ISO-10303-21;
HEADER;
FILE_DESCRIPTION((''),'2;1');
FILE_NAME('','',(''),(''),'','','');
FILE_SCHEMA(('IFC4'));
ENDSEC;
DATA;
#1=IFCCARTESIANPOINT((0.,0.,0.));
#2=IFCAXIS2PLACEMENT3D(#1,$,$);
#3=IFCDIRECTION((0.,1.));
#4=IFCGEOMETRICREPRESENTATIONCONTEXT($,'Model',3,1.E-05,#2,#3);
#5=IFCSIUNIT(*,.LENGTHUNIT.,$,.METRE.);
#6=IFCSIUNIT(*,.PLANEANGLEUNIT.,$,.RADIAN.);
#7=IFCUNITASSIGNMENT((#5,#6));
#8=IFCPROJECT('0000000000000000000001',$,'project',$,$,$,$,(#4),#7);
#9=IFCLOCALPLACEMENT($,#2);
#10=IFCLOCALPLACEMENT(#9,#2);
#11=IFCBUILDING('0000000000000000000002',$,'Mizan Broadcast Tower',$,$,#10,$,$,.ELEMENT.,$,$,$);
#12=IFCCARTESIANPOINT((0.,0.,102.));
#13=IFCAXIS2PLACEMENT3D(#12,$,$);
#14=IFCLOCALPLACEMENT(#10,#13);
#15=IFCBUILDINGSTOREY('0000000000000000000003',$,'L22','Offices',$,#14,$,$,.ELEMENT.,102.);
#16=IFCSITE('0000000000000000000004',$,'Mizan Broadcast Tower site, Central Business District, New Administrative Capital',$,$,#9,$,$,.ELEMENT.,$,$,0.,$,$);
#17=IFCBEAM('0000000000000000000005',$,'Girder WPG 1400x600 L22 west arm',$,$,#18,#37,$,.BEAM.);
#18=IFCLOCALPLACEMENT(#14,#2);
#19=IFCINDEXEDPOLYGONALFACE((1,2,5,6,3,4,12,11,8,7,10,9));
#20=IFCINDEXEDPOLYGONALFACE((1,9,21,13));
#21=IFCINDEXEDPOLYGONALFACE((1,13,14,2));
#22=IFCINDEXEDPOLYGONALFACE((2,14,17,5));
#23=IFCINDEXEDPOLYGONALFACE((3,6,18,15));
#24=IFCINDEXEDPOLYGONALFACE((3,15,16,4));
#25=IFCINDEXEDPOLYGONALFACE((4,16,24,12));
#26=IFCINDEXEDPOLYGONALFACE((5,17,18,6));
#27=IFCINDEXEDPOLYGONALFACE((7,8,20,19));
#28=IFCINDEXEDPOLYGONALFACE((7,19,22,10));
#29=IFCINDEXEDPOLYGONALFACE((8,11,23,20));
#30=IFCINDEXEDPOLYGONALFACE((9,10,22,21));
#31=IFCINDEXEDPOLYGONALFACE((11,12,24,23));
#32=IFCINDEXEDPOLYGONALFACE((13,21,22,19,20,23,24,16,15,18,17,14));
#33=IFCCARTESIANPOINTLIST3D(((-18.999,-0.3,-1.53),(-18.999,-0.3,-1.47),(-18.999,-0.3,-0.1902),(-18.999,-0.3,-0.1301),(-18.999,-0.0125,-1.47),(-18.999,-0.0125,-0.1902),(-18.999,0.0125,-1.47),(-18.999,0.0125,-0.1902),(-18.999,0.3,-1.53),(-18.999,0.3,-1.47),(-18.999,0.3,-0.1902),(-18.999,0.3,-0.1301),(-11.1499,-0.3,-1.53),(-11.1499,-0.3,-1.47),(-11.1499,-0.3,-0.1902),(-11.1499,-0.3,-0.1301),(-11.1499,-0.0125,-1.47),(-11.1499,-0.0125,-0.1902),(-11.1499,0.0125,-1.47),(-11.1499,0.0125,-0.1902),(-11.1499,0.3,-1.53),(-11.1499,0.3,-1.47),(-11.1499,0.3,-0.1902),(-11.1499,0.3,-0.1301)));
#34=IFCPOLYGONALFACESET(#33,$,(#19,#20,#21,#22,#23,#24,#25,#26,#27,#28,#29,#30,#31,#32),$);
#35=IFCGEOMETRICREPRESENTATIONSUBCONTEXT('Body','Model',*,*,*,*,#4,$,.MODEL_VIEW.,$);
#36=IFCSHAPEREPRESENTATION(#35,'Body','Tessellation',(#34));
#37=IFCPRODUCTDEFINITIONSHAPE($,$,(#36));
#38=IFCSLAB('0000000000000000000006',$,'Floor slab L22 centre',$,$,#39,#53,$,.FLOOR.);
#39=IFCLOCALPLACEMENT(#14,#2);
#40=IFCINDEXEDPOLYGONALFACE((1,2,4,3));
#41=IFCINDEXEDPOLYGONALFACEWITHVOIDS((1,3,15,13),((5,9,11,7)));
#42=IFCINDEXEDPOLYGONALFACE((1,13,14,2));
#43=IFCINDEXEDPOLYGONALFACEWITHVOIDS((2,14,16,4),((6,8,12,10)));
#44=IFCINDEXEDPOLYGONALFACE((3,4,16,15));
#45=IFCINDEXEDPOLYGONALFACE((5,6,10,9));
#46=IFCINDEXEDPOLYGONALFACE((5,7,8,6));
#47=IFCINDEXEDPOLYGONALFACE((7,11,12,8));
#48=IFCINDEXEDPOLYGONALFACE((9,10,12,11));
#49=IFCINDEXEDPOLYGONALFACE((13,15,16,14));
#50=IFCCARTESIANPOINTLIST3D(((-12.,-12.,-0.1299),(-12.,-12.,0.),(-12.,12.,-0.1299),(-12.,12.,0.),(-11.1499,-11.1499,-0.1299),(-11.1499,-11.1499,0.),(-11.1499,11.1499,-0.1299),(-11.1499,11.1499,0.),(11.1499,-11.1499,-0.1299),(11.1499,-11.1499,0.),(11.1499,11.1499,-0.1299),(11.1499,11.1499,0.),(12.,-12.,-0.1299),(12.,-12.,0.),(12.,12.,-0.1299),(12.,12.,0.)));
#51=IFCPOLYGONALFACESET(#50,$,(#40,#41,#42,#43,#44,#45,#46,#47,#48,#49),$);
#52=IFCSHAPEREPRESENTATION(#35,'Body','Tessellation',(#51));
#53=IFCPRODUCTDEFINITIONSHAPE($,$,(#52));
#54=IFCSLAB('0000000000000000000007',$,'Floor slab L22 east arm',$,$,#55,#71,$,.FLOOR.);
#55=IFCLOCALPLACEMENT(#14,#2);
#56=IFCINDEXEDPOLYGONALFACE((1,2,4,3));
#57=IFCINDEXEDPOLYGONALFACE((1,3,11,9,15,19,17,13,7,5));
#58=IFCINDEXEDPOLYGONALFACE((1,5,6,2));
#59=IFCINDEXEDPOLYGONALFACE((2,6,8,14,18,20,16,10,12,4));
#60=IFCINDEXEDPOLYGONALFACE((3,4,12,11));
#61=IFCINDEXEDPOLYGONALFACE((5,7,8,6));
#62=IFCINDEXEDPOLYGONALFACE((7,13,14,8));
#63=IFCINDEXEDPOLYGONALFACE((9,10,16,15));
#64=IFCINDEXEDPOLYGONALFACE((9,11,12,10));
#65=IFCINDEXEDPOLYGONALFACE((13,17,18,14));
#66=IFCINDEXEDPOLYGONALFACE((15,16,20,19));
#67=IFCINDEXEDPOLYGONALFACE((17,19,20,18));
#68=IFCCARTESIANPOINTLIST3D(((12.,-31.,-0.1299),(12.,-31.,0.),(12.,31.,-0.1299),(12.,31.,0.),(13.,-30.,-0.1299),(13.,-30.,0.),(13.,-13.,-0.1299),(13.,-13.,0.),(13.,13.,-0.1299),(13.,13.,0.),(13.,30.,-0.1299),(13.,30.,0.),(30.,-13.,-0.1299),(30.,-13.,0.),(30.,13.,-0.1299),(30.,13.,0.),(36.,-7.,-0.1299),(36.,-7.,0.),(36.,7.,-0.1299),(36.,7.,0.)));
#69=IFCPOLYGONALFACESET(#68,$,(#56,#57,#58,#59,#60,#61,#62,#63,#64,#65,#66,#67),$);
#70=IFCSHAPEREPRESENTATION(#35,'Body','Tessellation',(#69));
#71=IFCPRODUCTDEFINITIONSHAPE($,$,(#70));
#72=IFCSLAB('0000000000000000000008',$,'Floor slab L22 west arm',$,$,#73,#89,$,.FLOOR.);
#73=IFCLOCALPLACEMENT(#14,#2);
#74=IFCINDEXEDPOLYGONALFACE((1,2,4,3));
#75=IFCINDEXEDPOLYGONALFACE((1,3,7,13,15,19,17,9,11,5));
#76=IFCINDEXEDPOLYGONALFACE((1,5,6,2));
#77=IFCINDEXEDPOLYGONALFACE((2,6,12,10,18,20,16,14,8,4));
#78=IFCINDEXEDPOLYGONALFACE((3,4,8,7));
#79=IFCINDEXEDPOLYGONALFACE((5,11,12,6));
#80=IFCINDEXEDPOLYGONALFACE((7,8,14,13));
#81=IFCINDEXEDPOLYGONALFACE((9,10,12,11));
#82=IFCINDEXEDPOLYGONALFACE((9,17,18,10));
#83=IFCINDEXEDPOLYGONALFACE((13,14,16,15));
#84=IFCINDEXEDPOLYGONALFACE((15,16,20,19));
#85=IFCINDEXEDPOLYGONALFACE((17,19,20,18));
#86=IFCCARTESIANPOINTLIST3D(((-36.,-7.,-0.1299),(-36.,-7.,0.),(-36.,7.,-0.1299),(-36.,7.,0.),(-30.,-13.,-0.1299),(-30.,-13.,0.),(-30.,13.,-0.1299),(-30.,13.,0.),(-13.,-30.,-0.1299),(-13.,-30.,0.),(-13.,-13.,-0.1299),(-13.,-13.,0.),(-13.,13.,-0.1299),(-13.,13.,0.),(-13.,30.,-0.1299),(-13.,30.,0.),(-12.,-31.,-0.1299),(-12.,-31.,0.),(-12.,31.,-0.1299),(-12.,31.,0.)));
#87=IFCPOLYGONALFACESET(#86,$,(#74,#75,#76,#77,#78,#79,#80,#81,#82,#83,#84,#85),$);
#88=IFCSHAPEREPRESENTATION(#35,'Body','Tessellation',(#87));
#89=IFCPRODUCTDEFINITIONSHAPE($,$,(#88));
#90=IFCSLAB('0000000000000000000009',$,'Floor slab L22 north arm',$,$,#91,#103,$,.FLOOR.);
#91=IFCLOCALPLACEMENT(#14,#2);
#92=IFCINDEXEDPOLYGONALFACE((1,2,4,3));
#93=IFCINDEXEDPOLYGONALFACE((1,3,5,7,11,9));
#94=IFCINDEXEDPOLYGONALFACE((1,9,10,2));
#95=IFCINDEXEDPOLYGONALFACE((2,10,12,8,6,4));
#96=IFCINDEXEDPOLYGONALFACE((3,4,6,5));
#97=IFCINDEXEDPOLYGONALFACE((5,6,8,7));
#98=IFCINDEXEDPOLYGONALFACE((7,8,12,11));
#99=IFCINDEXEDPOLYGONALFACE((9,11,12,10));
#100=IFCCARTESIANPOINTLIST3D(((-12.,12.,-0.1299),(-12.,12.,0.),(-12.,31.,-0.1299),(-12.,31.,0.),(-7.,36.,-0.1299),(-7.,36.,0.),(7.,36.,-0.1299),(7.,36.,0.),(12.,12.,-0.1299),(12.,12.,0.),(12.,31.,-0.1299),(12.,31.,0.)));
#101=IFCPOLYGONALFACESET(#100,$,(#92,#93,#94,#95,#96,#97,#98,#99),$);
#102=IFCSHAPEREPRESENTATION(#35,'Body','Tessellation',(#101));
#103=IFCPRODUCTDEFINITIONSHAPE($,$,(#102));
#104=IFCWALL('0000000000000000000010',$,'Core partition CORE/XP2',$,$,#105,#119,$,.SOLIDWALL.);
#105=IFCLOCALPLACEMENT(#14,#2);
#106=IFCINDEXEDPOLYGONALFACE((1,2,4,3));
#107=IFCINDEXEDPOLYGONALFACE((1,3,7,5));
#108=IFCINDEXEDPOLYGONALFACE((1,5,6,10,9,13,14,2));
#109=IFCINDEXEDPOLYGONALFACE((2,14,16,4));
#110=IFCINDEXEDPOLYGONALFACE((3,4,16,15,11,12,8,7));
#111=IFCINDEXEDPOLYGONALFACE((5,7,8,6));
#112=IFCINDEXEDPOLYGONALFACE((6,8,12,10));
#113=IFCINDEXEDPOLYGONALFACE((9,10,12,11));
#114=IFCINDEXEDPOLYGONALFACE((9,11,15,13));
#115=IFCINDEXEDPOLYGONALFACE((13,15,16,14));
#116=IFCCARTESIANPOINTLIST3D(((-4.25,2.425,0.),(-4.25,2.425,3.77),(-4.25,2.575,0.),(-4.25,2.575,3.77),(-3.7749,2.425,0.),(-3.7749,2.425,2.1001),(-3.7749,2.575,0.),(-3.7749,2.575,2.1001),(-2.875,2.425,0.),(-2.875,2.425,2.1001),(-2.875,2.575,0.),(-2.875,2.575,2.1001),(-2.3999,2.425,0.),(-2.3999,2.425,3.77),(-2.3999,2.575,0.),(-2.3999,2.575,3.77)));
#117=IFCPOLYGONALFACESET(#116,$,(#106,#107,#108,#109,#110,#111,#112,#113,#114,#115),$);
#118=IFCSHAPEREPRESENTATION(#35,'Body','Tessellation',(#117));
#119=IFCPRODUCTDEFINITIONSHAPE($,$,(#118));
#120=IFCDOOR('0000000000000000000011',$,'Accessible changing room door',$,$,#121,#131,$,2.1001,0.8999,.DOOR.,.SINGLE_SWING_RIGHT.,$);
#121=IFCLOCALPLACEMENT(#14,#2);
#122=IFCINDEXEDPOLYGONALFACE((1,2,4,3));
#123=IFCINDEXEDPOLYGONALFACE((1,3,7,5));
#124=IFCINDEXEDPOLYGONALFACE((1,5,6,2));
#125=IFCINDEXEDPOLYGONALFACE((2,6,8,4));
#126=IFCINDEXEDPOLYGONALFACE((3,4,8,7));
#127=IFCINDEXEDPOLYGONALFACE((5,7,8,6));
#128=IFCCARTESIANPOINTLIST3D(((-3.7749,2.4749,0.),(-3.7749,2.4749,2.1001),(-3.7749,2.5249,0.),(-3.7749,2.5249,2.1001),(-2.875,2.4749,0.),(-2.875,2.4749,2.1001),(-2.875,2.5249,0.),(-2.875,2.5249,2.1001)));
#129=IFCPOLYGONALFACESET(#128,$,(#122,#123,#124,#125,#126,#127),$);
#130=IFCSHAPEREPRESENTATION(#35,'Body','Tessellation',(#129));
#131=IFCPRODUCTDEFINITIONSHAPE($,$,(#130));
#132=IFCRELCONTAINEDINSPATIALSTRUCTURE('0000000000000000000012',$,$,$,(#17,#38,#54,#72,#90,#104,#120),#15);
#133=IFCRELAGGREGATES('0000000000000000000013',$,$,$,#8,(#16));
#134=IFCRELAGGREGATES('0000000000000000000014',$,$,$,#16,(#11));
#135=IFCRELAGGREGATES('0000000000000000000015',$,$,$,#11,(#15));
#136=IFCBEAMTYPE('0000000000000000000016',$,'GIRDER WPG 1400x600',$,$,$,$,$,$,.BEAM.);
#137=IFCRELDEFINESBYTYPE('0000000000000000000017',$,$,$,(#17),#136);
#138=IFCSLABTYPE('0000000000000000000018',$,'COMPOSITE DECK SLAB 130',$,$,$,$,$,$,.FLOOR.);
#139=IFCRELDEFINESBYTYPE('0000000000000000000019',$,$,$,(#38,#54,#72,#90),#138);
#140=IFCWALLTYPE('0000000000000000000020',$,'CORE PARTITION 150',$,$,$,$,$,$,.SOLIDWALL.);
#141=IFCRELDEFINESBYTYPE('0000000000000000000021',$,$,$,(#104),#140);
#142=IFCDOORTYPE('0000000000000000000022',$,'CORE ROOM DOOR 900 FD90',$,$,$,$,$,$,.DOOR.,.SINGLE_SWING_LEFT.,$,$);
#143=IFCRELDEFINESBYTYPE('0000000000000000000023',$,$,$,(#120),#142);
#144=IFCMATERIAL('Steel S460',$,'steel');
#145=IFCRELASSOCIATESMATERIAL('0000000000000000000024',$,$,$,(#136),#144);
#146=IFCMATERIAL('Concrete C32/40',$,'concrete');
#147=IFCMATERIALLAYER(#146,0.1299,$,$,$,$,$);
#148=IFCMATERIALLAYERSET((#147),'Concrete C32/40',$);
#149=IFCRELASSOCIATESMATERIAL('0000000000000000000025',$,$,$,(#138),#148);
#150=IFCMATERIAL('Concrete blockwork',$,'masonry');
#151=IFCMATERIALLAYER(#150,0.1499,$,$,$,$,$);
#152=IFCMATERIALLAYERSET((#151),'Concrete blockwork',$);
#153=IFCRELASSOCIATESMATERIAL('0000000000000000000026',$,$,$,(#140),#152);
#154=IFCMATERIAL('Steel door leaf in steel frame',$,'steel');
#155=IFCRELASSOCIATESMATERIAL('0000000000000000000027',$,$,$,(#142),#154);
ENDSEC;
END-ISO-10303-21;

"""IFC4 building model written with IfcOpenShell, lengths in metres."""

from ifc_helpers import new_model, si_unit, direction, frame, frame_2d, origin, origin_2d, place, context, subcontext, project, spatial, polyline, rectangle, i_section, outline, extrude, material, layer, layer_set, material_profile, profile_set, type_object, element, fill, save


model = new_model("IFC4")

# Units and contexts
model_context = context("Model", 3, precision=1e-05, world=origin(), true_north=direction((0.0, 1.0)))
body_context = subcontext(model_context, "Body", "Model", "MODEL_VIEW")
ifc_project = project(units=[si_unit("LENGTHUNIT", "METRE"), si_unit("PLANEANGLEUNIT", "RADIAN")], contexts=[model_context])

# Site, building, storey
site_placement = place(None, origin())
site = spatial("IfcSite", under=ifc_project, at=site_placement, Name="Mizan Broadcast Tower site, Central Business District, New Administrative Capital", CompositionType="ELEMENT", RefElevation=0.0)
building_placement = place(site_placement, origin())
building = spatial("IfcBuilding", under=site, at=building_placement, Name="Mizan Broadcast Tower", CompositionType="ELEMENT")
storey_placement = place(building_placement, frame((0.0, 0.0, 102.0)))
storey = spatial("IfcBuildingStorey", under=building, at=storey_placement, Name="L22", Description="Offices", CompositionType="ELEMENT", Elevation=102.0)

# Beam
ifc_material_1 = material(Name="Steel S460", Category="steel")
ifc_material_profile = material_profile(ifc_material_1, i_section(OverallWidth=0.6001, OverallDepth=1.3999, WebThickness=0.0249, FlangeThickness=0.0601, at=origin_2d()), Name="WPG 1400x600")
ifc_profile_set = profile_set([ifc_material_profile], Name="Steel S460")
beam_type = type_object("IfcBeamType", Name="GIRDER WPG 1400x600", PredefinedType="BEAM", material=ifc_profile_set)
beam_placement = place(storey_placement, frame((-11.1499, 0.0, -0.8301), z_axis=(-1.0, 0.0, 0.0), x_axis=(0.0, -1.0, 0.0)))
element("IfcBeam", 1, at=beam_placement, inside=storey, type_object=beam_type, Name="Girder WPG 1400x600 L22 west arm", PredefinedType="BEAM", context=body_context, shape_type="SweptSolid", body=[
    extrude(i_section(OverallWidth=0.6001, OverallDepth=1.3999, WebThickness=0.0249, FlangeThickness=0.0601, at=origin_2d()), origin(), (0.0, 0.0, 1.0), 7.8491),
])

# Slabs
ifc_material_2 = material(Name="Concrete C32/40", Category="concrete")
ifc_layer_1 = layer(ifc_material_2, 0.1299)
ifc_layer_set_1 = layer_set([ifc_layer_1], Name="Concrete C32/40")
slab_type = type_object("IfcSlabType", Name="COMPOSITE DECK SLAB 130", PredefinedType="FLOOR", material=ifc_layer_set_1)
slab_1_placement = place(storey_placement, frame((0.0, 0.0, -0.1299)))
element("IfcSlab", 2, at=slab_1_placement, inside=storey, type_object=slab_type, Name="Floor slab L22 centre", PredefinedType="FLOOR", context=body_context, shape_type="SweptSolid", body=[
    extrude(outline(polyline([(-12.0, -12.0), (12.0, -12.0), (12.0, 12.0), (-12.0, 12.0), (-12.0, -12.0)]), holes=[polyline([(-11.1499, 11.1499), (11.1499, 11.1499), (11.1499, -11.1499), (-11.1499, -11.1499), (-11.1499, 11.1499)])]), origin(), (0.0, 0.0, 1.0), 0.1299),
])
slab_2_placement = place(storey_placement, frame((0.0, 0.0, -0.1299)))
element("IfcSlab", 3, at=slab_2_placement, inside=storey, type_object=slab_type, Name="Floor slab L22 east arm", PredefinedType="FLOOR", context=body_context, shape_type="SweptSolid", body=[
    extrude(outline(polyline([(12.0, -31.0), (13.0, -30.0), (13.0, -13.0), (30.0, -13.0), (36.0, -7.0), (36.0, 7.0), (30.0, 13.0), (13.0, 13.0), (13.0, 30.0), (12.0, 31.0), (12.0, -31.0)])), origin(), (0.0, 0.0, 1.0), 0.1299),
])
slab_3_placement = place(storey_placement, frame((0.0, 0.0, -0.1299)))
element("IfcSlab", 4, at=slab_3_placement, inside=storey, type_object=slab_type, Name="Floor slab L22 west arm", PredefinedType="FLOOR", context=body_context, shape_type="SweptSolid", body=[
    extrude(outline(polyline([(-13.0, -30.0), (-12.0, -31.0), (-12.0, 31.0), (-13.0, 30.0), (-13.0, 13.0), (-30.0, 13.0), (-36.0, 7.0), (-36.0, -7.0), (-30.0, -13.0), (-13.0, -13.0), (-13.0, -30.0)])), origin(), (0.0, 0.0, 1.0), 0.1299),
])
slab_4_placement = place(storey_placement, frame((0.0, 0.0, -0.1299)))
element("IfcSlab", 5, at=slab_4_placement, inside=storey, type_object=slab_type, Name="Floor slab L22 north arm", PredefinedType="FLOOR", context=body_context, shape_type="SweptSolid", body=[
    extrude(outline(polyline([(-7.0, 36.0), (-12.0, 31.0), (-12.0, 12.0), (12.0, 12.0), (12.0, 31.0), (7.0, 36.0), (-7.0, 36.0)])), origin(), (0.0, 0.0, 1.0), 0.1299),
])

# Wall, opening, door
ifc_material_3 = material(Name="Concrete blockwork", Category="masonry")
ifc_layer_2 = layer(ifc_material_3, 0.1499)
ifc_layer_set_2 = layer_set([ifc_layer_2], Name="Concrete blockwork")
wall_type_1 = type_object("IfcWallType", Name="CORE PARTITION 150", PredefinedType="SOLIDWALL", material=ifc_layer_set_2)
wall_1_placement = place(storey_placement, frame((-4.25, 2.5, 0.0), z_axis=(0.0, 0.0, 1.0), x_axis=(1.0, 0.0, 0.0)))
wall_1 = element("IfcWall", 6, at=wall_1_placement, inside=storey, type_object=wall_type_1, Name="Core partition CORE/XP2", PredefinedType="SOLIDWALL", context=body_context, shape_type="SweptSolid", body=[
    extrude(rectangle(XDim=1.8501, YDim=0.1499, at=frame_2d((0.925, 0.0))), origin(), (0.0, 0.0, 1.0), 3.77),
])
opening_1_placement = place(wall_1_placement, frame((0.4751, 0.0, 0.0)))
opening_1 = element("IfcOpeningElement", 7, at=opening_1_placement, cuts=wall_1, PredefinedType="OPENING", context=body_context, shape_type="SweptSolid", body=[
    extrude(rectangle(XDim=0.8999, YDim=2.1001, at=frame_2d((0.45, 1.05))), frame((0.0, 0.085, 0.0), z_axis=(0.0, -1.0, 0.0), x_axis=(1.0, 0.0, 0.0)), (0.0, 0.0, 1.0), 0.1699),
])
ifc_material_4 = material(Name="Steel door leaf in steel frame", Category="steel")
door_type_1 = type_object("IfcDoorType", Name="CORE ROOM DOOR 900 FD90", OperationType="SINGLE_SWING_LEFT", PredefinedType="DOOR", material=ifc_material_4)
door_1_placement = place(opening_1_placement, origin())
door_1 = element("IfcDoor", 8, at=door_1_placement, inside=storey, type_object=door_type_1, Name="Accessible changing room door", OperationType="SINGLE_SWING_RIGHT", OverallHeight=2.1001, OverallWidth=0.8999, PredefinedType="DOOR", context=body_context, shape_type="SweptSolid", body=[
    extrude(rectangle(XDim=0.8999, YDim=2.1001, at=frame_2d((0.45, 1.05))), frame((0.0, 0.0249, 0.0), z_axis=(0.0, -1.0, 0.0), x_axis=(1.0, 0.0, 0.0)), (0.0, 0.0, 1.0), 0.05),
])
fill(opening_1, door_1)

save(model, "model.ifc")
